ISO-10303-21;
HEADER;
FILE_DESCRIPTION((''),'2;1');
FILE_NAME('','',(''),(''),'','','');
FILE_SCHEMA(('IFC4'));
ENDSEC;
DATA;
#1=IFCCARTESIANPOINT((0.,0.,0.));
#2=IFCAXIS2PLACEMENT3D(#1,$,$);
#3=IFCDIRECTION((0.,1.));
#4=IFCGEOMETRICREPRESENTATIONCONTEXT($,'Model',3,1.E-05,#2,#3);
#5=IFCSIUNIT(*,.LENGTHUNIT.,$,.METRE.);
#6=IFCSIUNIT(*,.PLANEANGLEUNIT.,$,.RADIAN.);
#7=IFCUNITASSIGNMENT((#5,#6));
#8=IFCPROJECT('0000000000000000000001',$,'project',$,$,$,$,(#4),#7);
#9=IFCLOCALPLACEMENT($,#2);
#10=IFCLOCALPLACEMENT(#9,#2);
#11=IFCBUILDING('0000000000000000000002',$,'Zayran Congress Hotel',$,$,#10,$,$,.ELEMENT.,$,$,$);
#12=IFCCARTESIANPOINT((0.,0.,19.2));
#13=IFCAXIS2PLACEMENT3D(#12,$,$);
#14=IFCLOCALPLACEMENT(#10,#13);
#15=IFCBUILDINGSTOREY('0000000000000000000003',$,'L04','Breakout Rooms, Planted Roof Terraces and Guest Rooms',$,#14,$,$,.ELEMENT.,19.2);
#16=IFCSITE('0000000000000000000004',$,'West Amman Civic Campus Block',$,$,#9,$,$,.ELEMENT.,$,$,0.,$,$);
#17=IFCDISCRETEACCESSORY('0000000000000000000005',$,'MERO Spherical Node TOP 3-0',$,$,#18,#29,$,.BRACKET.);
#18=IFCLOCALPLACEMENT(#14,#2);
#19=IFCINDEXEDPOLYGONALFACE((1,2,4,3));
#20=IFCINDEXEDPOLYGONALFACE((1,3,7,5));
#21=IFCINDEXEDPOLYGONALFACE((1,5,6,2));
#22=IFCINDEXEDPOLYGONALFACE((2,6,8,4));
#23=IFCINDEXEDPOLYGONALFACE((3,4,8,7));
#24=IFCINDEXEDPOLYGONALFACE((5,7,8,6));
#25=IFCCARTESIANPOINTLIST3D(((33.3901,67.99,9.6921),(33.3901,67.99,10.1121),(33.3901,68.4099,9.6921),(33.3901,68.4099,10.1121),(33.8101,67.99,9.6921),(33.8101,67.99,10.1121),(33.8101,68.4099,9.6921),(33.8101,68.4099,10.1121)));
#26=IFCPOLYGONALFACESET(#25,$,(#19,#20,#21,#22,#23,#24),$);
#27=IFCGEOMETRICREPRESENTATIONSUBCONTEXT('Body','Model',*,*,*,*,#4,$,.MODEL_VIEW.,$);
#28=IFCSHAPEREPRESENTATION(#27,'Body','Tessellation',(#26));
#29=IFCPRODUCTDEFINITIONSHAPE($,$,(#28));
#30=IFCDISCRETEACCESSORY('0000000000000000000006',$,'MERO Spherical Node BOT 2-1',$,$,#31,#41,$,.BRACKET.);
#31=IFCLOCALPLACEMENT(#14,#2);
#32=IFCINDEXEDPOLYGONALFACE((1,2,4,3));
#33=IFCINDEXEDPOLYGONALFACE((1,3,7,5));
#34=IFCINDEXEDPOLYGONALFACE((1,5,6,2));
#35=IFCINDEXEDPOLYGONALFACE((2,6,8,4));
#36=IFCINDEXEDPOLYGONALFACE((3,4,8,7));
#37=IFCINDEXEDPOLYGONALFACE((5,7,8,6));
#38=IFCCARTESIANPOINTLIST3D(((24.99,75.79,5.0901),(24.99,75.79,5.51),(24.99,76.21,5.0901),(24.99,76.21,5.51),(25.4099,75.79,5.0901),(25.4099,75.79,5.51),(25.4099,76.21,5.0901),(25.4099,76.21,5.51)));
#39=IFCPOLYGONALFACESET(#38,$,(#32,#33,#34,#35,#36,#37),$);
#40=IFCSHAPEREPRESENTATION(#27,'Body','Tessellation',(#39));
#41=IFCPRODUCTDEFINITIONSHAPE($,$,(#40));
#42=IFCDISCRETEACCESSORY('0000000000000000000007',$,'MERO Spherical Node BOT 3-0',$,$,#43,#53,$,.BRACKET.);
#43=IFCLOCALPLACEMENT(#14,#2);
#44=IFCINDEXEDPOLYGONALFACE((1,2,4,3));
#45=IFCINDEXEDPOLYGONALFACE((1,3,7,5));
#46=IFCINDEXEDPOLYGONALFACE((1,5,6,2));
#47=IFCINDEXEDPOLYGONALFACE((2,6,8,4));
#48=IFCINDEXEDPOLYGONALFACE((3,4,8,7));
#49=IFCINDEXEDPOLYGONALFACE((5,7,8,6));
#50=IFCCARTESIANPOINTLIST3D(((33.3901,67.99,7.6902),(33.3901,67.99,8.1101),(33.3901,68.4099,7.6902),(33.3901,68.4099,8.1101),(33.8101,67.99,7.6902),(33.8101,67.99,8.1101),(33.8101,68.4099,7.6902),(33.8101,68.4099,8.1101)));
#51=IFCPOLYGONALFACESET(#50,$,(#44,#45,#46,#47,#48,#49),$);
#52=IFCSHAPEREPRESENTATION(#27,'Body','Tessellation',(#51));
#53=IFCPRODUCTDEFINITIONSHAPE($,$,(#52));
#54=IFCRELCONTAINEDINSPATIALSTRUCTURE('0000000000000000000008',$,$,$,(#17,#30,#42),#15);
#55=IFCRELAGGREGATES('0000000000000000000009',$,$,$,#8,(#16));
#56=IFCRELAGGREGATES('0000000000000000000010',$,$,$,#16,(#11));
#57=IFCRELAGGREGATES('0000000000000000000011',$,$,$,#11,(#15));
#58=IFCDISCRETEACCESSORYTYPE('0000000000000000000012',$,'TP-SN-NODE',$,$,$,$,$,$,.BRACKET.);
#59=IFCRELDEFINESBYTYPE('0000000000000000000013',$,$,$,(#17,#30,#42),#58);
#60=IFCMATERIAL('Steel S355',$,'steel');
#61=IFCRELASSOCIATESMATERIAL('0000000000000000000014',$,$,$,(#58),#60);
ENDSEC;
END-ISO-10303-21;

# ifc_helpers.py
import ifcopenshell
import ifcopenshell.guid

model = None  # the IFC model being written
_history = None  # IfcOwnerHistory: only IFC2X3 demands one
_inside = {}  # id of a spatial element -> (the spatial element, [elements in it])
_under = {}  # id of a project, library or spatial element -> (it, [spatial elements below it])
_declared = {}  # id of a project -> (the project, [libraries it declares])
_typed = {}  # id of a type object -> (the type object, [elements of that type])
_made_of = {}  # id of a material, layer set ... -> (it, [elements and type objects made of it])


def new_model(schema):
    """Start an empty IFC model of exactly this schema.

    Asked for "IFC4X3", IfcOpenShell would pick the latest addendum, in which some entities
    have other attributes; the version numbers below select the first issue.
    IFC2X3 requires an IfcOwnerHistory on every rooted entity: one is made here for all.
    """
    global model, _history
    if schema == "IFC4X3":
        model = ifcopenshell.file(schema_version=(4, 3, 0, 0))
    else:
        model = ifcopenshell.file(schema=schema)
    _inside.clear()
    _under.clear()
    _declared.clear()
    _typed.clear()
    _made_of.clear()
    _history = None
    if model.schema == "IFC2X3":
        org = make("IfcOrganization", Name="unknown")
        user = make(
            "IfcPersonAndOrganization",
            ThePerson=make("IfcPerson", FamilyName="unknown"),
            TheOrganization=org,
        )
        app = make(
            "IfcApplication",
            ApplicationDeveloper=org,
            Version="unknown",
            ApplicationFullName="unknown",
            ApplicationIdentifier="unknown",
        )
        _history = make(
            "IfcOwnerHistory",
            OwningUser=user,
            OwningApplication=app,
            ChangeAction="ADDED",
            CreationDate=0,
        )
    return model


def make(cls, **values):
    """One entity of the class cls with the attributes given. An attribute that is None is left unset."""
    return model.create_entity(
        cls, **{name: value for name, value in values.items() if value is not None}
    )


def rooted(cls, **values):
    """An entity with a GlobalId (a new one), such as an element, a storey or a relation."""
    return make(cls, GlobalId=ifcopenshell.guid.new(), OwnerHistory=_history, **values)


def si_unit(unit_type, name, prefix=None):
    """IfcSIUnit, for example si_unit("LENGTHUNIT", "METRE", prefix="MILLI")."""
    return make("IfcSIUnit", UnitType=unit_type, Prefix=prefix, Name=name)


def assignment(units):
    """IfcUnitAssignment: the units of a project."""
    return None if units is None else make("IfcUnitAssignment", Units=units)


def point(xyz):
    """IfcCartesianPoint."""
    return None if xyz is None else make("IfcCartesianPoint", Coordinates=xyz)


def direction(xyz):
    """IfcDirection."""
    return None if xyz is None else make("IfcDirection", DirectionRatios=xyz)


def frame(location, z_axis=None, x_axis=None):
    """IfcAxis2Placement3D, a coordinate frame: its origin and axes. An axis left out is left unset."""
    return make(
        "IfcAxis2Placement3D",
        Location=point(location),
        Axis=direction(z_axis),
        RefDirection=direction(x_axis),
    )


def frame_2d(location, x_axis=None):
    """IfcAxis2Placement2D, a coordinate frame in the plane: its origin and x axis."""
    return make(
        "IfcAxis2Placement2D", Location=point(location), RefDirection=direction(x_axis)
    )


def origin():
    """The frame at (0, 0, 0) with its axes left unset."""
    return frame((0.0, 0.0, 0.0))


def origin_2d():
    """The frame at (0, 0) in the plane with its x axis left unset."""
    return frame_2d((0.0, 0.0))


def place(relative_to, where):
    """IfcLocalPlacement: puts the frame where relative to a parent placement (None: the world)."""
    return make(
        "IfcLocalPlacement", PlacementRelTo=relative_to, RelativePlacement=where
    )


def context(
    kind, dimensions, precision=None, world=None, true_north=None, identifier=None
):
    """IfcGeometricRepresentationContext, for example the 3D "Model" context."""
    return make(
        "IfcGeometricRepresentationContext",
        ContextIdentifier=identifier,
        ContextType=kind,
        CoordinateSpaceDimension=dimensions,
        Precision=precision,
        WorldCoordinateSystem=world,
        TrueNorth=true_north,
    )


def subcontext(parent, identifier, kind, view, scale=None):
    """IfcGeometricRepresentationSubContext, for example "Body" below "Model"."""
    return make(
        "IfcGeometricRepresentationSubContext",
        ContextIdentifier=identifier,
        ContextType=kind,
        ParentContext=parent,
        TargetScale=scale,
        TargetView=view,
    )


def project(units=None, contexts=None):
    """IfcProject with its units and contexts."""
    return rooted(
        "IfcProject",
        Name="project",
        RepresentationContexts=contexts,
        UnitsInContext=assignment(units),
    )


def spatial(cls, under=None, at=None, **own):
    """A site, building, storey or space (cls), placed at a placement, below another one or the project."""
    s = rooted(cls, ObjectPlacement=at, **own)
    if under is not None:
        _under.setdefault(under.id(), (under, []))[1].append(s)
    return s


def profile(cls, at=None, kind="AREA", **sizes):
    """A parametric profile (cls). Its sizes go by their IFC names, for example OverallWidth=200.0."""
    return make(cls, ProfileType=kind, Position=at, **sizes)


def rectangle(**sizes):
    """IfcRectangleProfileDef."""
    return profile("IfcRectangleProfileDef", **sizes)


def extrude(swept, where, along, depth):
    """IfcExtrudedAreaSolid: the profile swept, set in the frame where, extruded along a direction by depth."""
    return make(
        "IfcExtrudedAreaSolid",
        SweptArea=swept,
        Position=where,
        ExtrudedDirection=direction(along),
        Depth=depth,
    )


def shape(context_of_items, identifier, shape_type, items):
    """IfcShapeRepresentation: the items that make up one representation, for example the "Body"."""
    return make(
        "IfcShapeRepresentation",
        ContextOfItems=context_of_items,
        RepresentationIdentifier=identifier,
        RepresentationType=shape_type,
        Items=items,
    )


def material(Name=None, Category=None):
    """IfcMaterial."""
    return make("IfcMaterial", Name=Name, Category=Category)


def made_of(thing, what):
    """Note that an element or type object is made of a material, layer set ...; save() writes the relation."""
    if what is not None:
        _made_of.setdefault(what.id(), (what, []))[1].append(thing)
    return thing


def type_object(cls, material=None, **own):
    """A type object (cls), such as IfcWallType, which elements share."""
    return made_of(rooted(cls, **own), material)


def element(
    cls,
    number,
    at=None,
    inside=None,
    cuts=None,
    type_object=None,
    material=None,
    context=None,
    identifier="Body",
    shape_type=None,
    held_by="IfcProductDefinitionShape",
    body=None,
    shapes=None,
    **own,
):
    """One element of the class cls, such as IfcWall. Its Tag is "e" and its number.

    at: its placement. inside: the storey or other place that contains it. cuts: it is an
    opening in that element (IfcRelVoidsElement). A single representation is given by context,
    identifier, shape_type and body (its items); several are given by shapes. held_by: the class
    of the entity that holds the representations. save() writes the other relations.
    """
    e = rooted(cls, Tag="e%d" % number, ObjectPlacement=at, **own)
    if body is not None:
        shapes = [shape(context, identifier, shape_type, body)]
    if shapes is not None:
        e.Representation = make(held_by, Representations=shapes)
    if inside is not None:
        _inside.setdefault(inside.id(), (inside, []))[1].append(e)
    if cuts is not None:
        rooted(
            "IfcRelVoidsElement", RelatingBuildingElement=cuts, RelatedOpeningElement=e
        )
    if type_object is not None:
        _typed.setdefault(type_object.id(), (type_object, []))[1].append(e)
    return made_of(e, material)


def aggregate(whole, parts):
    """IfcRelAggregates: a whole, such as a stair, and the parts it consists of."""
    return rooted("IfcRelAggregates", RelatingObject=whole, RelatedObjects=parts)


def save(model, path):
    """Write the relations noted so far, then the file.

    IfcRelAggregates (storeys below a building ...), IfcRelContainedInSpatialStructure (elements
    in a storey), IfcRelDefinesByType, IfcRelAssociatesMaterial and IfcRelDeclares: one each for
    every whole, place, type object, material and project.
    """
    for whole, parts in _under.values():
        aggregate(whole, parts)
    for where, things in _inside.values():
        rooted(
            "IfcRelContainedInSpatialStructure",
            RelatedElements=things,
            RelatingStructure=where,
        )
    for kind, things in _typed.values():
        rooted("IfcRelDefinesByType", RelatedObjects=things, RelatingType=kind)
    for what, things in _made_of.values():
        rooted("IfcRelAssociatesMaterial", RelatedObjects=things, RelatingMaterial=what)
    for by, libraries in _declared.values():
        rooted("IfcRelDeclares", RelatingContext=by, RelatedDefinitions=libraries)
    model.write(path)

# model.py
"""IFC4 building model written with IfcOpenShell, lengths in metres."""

from ifc_helpers import new_model, si_unit, direction, frame, origin, origin_2d, place, context, subcontext, project, spatial, rectangle, extrude, material, type_object, element, save


model = new_model("IFC4")

# Units and contexts
model_context = context("Model", 3, precision=1e-05, world=origin(), true_north=direction((0.0, 1.0)))
body_context = subcontext(model_context, "Body", "Model", "MODEL_VIEW")
ifc_project = project(units=[si_unit("LENGTHUNIT", "METRE"), si_unit("PLANEANGLEUNIT", "RADIAN")], contexts=[model_context])

# Site, building, storey
site_placement = place(None, origin())
site = spatial("IfcSite", under=ifc_project, at=site_placement, Name="West Amman Civic Campus Block", CompositionType="ELEMENT", RefElevation=0.0)
building_placement = place(site_placement, origin())
building = spatial("IfcBuilding", under=site, at=building_placement, Name="Zayran Congress Hotel", CompositionType="ELEMENT")
storey_placement = place(building_placement, frame((0.0, 0.0, 19.2)))
storey = spatial("IfcBuildingStorey", under=building, at=storey_placement, Name="L04", Description="Breakout Rooms, Planted Roof Terraces and Guest Rooms", CompositionType="ELEMENT", Elevation=19.2)

# Shared definitions
ifc_material_1 = material(Name="Steel S355", Category="steel")

# Discrete accessories
discrete_accessory_type = type_object("IfcDiscreteAccessoryType", Name="TP-SN-NODE", PredefinedType="BRACKET", material=ifc_material_1)
for number, where, z_axis, x_axis, name in (
    (1, (33.6001, 68.2, 9.6921), (0.0, 0.0, 1.0), (1.0, 0.0, 0.0), "MERO Spherical Node TOP 3-0"),
    (2, (25.2, 76.0, 5.0901), (0.0, 0.0, 1.0), (1.0, 0.0, 0.0), "MERO Spherical Node BOT 2-1"),
    (3, (33.6001, 68.2, 7.6902), (0.0, 0.0, 1.0), (1.0, 0.0, 0.0), "MERO Spherical Node BOT 3-0"),
):
    element("IfcDiscreteAccessory", number, at=place(storey_placement, frame(where, z_axis=z_axis, x_axis=x_axis)), inside=storey, type_object=discrete_accessory_type, Name=name, PredefinedType="BRACKET", context=body_context, shape_type="SweptSolid", body=[
        extrude(rectangle(XDim=0.4199, YDim=0.4199, at=origin_2d()), origin(), (0.0, 0.0, 1.0), 0.4199),
    ])

save(model, "model.ifc")
